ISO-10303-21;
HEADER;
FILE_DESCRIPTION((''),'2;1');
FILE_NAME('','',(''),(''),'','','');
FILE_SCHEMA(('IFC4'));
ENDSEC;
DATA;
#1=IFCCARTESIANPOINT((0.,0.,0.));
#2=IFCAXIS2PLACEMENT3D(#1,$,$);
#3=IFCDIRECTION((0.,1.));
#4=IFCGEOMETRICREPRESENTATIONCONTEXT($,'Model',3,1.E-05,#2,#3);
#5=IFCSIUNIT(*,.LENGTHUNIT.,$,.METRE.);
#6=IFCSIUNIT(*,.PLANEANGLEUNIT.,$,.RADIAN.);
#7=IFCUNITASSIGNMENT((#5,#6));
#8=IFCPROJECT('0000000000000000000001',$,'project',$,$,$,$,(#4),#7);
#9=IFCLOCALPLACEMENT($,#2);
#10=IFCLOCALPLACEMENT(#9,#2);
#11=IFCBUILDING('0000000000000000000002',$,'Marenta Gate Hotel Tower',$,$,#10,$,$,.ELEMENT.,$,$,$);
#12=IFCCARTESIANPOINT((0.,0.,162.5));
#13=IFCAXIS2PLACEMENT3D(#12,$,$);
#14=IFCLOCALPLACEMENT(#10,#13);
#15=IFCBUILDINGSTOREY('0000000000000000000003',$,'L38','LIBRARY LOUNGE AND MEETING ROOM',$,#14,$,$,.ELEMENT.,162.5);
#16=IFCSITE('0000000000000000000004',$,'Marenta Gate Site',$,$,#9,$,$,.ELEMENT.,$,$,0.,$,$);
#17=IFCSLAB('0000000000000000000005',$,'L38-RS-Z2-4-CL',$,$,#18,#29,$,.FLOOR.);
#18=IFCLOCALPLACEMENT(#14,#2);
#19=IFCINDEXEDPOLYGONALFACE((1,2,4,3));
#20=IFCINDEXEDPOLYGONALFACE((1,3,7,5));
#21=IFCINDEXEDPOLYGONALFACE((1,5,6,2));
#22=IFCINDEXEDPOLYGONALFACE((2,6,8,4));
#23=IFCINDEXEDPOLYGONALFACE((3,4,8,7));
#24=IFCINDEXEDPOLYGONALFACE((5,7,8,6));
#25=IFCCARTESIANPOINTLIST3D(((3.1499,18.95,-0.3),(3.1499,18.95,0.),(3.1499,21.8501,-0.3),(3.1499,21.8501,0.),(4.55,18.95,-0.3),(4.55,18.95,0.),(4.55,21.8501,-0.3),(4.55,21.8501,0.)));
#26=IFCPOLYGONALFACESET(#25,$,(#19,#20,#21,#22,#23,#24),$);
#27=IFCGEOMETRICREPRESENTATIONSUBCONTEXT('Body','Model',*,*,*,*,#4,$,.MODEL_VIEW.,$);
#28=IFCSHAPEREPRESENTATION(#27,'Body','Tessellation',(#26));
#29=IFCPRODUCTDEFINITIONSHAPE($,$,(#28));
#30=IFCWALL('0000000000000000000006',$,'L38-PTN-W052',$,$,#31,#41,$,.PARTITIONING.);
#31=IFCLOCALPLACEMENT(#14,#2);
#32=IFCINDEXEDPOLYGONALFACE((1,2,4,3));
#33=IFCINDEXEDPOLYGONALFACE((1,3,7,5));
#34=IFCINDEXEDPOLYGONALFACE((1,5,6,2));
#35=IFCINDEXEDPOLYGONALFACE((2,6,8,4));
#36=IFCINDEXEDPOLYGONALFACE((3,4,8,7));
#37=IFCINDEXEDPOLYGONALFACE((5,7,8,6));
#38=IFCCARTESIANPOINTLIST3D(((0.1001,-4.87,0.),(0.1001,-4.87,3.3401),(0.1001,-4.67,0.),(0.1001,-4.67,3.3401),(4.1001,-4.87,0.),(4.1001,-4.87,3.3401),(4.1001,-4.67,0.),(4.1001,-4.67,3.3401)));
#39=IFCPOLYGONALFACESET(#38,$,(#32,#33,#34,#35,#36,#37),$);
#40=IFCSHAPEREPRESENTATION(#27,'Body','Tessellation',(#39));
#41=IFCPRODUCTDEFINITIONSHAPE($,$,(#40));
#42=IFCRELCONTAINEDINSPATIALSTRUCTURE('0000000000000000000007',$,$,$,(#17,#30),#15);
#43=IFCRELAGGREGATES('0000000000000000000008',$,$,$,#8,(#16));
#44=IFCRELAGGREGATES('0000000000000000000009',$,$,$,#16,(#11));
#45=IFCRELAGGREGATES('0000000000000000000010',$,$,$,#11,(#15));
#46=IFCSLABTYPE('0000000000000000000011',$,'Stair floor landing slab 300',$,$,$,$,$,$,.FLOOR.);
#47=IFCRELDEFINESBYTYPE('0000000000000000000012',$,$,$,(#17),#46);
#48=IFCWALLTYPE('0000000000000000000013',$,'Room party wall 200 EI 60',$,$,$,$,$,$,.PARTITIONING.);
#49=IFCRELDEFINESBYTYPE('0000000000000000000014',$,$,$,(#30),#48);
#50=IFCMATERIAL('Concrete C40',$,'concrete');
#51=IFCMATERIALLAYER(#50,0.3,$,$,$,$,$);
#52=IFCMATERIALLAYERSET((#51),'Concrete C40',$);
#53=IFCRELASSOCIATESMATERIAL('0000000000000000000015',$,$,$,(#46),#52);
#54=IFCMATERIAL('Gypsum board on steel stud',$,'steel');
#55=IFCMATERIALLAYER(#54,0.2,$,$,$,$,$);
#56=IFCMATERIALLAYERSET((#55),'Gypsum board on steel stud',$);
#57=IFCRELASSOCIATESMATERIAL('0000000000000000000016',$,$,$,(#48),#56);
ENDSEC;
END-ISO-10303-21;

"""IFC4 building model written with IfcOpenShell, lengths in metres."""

from ifc_helpers import new_model, si_unit, direction, frame, frame_2d, origin, place, context, subcontext, project, spatial, polyline, rectangle, outline, extrude, material, layer, layer_set, type_object, element, save


model = new_model("IFC4")

# Units and contexts
model_context = context("Model", 3, precision=1e-05, world=origin(), true_north=direction((0.0, 1.0)))
body_context = subcontext(model_context, "Body", "Model", "MODEL_VIEW")
ifc_project = project(units=[si_unit("LENGTHUNIT", "METRE"), si_unit("PLANEANGLEUNIT", "RADIAN")], contexts=[model_context])

# Site, building, storey
site_placement = place(None, origin())
site = spatial("IfcSite", under=ifc_project, at=site_placement, Name="Marenta Gate Site", CompositionType="ELEMENT", RefElevation=0.0)
building_placement = place(site_placement, origin())
building = spatial("IfcBuilding", under=site, at=building_placement, Name="Marenta Gate Hotel Tower", CompositionType="ELEMENT")
storey_placement = place(building_placement, frame((0.0, 0.0, 162.5)))
storey = spatial("IfcBuildingStorey", under=building, at=storey_placement, Name="L38", Description="LIBRARY LOUNGE AND MEETING ROOM", CompositionType="ELEMENT", Elevation=162.5)

# Slab
ifc_material_1 = material(Name="Concrete C40", Category="concrete")
ifc_layer_1 = layer(ifc_material_1, 0.3)
ifc_layer_set_1 = layer_set([ifc_layer_1], Name="Concrete C40")
slab_type_1 = type_object("IfcSlabType", Name="Stair floor landing slab 300", PredefinedType="FLOOR", material=ifc_layer_set_1)
slab_1_placement = place(storey_placement, frame((0.0, 0.0, -0.3)))
element("IfcSlab", 1, at=slab_1_placement, inside=storey, type_object=slab_type_1, Name="L38-RS-Z2-4-CL", PredefinedType="FLOOR", context=body_context, shape_type="SweptSolid", body=[
    extrude(outline(polyline([(4.55, 18.95), (4.55, 21.8501), (3.1499, 21.8501), (3.1499, 18.95), (4.55, 18.95)])), origin(), (0.0, 0.0, 1.0), 0.3),
])

# Wall
ifc_material_2 = material(Name="Gypsum board on steel stud", Category="steel")
ifc_layer_2 = layer(ifc_material_2, 0.2)
ifc_layer_set_2 = layer_set([ifc_layer_2], Name="Gypsum board on steel stud")
wall_type = type_object("IfcWallType", Name="Room party wall 200 EI 60", PredefinedType="PARTITIONING", material=ifc_layer_set_2)
wall_placement = place(storey_placement, frame((0.1001, -4.77, 0.0), z_axis=(0.0, 0.0, 1.0), x_axis=(1.0, 0.0, 0.0)))
element("IfcWall", 2, at=wall_placement, inside=storey, type_object=wall_type, Name="L38-PTN-W052", PredefinedType="PARTITIONING", context=body_context, shape_type="SweptSolid", body=[
    extrude(rectangle(XDim=4.0, YDim=0.2, at=frame_2d((2.0, 0.0))), origin(), (0.0, 0.0, 1.0), 3.3401),
])

save(model, "model.ifc")
